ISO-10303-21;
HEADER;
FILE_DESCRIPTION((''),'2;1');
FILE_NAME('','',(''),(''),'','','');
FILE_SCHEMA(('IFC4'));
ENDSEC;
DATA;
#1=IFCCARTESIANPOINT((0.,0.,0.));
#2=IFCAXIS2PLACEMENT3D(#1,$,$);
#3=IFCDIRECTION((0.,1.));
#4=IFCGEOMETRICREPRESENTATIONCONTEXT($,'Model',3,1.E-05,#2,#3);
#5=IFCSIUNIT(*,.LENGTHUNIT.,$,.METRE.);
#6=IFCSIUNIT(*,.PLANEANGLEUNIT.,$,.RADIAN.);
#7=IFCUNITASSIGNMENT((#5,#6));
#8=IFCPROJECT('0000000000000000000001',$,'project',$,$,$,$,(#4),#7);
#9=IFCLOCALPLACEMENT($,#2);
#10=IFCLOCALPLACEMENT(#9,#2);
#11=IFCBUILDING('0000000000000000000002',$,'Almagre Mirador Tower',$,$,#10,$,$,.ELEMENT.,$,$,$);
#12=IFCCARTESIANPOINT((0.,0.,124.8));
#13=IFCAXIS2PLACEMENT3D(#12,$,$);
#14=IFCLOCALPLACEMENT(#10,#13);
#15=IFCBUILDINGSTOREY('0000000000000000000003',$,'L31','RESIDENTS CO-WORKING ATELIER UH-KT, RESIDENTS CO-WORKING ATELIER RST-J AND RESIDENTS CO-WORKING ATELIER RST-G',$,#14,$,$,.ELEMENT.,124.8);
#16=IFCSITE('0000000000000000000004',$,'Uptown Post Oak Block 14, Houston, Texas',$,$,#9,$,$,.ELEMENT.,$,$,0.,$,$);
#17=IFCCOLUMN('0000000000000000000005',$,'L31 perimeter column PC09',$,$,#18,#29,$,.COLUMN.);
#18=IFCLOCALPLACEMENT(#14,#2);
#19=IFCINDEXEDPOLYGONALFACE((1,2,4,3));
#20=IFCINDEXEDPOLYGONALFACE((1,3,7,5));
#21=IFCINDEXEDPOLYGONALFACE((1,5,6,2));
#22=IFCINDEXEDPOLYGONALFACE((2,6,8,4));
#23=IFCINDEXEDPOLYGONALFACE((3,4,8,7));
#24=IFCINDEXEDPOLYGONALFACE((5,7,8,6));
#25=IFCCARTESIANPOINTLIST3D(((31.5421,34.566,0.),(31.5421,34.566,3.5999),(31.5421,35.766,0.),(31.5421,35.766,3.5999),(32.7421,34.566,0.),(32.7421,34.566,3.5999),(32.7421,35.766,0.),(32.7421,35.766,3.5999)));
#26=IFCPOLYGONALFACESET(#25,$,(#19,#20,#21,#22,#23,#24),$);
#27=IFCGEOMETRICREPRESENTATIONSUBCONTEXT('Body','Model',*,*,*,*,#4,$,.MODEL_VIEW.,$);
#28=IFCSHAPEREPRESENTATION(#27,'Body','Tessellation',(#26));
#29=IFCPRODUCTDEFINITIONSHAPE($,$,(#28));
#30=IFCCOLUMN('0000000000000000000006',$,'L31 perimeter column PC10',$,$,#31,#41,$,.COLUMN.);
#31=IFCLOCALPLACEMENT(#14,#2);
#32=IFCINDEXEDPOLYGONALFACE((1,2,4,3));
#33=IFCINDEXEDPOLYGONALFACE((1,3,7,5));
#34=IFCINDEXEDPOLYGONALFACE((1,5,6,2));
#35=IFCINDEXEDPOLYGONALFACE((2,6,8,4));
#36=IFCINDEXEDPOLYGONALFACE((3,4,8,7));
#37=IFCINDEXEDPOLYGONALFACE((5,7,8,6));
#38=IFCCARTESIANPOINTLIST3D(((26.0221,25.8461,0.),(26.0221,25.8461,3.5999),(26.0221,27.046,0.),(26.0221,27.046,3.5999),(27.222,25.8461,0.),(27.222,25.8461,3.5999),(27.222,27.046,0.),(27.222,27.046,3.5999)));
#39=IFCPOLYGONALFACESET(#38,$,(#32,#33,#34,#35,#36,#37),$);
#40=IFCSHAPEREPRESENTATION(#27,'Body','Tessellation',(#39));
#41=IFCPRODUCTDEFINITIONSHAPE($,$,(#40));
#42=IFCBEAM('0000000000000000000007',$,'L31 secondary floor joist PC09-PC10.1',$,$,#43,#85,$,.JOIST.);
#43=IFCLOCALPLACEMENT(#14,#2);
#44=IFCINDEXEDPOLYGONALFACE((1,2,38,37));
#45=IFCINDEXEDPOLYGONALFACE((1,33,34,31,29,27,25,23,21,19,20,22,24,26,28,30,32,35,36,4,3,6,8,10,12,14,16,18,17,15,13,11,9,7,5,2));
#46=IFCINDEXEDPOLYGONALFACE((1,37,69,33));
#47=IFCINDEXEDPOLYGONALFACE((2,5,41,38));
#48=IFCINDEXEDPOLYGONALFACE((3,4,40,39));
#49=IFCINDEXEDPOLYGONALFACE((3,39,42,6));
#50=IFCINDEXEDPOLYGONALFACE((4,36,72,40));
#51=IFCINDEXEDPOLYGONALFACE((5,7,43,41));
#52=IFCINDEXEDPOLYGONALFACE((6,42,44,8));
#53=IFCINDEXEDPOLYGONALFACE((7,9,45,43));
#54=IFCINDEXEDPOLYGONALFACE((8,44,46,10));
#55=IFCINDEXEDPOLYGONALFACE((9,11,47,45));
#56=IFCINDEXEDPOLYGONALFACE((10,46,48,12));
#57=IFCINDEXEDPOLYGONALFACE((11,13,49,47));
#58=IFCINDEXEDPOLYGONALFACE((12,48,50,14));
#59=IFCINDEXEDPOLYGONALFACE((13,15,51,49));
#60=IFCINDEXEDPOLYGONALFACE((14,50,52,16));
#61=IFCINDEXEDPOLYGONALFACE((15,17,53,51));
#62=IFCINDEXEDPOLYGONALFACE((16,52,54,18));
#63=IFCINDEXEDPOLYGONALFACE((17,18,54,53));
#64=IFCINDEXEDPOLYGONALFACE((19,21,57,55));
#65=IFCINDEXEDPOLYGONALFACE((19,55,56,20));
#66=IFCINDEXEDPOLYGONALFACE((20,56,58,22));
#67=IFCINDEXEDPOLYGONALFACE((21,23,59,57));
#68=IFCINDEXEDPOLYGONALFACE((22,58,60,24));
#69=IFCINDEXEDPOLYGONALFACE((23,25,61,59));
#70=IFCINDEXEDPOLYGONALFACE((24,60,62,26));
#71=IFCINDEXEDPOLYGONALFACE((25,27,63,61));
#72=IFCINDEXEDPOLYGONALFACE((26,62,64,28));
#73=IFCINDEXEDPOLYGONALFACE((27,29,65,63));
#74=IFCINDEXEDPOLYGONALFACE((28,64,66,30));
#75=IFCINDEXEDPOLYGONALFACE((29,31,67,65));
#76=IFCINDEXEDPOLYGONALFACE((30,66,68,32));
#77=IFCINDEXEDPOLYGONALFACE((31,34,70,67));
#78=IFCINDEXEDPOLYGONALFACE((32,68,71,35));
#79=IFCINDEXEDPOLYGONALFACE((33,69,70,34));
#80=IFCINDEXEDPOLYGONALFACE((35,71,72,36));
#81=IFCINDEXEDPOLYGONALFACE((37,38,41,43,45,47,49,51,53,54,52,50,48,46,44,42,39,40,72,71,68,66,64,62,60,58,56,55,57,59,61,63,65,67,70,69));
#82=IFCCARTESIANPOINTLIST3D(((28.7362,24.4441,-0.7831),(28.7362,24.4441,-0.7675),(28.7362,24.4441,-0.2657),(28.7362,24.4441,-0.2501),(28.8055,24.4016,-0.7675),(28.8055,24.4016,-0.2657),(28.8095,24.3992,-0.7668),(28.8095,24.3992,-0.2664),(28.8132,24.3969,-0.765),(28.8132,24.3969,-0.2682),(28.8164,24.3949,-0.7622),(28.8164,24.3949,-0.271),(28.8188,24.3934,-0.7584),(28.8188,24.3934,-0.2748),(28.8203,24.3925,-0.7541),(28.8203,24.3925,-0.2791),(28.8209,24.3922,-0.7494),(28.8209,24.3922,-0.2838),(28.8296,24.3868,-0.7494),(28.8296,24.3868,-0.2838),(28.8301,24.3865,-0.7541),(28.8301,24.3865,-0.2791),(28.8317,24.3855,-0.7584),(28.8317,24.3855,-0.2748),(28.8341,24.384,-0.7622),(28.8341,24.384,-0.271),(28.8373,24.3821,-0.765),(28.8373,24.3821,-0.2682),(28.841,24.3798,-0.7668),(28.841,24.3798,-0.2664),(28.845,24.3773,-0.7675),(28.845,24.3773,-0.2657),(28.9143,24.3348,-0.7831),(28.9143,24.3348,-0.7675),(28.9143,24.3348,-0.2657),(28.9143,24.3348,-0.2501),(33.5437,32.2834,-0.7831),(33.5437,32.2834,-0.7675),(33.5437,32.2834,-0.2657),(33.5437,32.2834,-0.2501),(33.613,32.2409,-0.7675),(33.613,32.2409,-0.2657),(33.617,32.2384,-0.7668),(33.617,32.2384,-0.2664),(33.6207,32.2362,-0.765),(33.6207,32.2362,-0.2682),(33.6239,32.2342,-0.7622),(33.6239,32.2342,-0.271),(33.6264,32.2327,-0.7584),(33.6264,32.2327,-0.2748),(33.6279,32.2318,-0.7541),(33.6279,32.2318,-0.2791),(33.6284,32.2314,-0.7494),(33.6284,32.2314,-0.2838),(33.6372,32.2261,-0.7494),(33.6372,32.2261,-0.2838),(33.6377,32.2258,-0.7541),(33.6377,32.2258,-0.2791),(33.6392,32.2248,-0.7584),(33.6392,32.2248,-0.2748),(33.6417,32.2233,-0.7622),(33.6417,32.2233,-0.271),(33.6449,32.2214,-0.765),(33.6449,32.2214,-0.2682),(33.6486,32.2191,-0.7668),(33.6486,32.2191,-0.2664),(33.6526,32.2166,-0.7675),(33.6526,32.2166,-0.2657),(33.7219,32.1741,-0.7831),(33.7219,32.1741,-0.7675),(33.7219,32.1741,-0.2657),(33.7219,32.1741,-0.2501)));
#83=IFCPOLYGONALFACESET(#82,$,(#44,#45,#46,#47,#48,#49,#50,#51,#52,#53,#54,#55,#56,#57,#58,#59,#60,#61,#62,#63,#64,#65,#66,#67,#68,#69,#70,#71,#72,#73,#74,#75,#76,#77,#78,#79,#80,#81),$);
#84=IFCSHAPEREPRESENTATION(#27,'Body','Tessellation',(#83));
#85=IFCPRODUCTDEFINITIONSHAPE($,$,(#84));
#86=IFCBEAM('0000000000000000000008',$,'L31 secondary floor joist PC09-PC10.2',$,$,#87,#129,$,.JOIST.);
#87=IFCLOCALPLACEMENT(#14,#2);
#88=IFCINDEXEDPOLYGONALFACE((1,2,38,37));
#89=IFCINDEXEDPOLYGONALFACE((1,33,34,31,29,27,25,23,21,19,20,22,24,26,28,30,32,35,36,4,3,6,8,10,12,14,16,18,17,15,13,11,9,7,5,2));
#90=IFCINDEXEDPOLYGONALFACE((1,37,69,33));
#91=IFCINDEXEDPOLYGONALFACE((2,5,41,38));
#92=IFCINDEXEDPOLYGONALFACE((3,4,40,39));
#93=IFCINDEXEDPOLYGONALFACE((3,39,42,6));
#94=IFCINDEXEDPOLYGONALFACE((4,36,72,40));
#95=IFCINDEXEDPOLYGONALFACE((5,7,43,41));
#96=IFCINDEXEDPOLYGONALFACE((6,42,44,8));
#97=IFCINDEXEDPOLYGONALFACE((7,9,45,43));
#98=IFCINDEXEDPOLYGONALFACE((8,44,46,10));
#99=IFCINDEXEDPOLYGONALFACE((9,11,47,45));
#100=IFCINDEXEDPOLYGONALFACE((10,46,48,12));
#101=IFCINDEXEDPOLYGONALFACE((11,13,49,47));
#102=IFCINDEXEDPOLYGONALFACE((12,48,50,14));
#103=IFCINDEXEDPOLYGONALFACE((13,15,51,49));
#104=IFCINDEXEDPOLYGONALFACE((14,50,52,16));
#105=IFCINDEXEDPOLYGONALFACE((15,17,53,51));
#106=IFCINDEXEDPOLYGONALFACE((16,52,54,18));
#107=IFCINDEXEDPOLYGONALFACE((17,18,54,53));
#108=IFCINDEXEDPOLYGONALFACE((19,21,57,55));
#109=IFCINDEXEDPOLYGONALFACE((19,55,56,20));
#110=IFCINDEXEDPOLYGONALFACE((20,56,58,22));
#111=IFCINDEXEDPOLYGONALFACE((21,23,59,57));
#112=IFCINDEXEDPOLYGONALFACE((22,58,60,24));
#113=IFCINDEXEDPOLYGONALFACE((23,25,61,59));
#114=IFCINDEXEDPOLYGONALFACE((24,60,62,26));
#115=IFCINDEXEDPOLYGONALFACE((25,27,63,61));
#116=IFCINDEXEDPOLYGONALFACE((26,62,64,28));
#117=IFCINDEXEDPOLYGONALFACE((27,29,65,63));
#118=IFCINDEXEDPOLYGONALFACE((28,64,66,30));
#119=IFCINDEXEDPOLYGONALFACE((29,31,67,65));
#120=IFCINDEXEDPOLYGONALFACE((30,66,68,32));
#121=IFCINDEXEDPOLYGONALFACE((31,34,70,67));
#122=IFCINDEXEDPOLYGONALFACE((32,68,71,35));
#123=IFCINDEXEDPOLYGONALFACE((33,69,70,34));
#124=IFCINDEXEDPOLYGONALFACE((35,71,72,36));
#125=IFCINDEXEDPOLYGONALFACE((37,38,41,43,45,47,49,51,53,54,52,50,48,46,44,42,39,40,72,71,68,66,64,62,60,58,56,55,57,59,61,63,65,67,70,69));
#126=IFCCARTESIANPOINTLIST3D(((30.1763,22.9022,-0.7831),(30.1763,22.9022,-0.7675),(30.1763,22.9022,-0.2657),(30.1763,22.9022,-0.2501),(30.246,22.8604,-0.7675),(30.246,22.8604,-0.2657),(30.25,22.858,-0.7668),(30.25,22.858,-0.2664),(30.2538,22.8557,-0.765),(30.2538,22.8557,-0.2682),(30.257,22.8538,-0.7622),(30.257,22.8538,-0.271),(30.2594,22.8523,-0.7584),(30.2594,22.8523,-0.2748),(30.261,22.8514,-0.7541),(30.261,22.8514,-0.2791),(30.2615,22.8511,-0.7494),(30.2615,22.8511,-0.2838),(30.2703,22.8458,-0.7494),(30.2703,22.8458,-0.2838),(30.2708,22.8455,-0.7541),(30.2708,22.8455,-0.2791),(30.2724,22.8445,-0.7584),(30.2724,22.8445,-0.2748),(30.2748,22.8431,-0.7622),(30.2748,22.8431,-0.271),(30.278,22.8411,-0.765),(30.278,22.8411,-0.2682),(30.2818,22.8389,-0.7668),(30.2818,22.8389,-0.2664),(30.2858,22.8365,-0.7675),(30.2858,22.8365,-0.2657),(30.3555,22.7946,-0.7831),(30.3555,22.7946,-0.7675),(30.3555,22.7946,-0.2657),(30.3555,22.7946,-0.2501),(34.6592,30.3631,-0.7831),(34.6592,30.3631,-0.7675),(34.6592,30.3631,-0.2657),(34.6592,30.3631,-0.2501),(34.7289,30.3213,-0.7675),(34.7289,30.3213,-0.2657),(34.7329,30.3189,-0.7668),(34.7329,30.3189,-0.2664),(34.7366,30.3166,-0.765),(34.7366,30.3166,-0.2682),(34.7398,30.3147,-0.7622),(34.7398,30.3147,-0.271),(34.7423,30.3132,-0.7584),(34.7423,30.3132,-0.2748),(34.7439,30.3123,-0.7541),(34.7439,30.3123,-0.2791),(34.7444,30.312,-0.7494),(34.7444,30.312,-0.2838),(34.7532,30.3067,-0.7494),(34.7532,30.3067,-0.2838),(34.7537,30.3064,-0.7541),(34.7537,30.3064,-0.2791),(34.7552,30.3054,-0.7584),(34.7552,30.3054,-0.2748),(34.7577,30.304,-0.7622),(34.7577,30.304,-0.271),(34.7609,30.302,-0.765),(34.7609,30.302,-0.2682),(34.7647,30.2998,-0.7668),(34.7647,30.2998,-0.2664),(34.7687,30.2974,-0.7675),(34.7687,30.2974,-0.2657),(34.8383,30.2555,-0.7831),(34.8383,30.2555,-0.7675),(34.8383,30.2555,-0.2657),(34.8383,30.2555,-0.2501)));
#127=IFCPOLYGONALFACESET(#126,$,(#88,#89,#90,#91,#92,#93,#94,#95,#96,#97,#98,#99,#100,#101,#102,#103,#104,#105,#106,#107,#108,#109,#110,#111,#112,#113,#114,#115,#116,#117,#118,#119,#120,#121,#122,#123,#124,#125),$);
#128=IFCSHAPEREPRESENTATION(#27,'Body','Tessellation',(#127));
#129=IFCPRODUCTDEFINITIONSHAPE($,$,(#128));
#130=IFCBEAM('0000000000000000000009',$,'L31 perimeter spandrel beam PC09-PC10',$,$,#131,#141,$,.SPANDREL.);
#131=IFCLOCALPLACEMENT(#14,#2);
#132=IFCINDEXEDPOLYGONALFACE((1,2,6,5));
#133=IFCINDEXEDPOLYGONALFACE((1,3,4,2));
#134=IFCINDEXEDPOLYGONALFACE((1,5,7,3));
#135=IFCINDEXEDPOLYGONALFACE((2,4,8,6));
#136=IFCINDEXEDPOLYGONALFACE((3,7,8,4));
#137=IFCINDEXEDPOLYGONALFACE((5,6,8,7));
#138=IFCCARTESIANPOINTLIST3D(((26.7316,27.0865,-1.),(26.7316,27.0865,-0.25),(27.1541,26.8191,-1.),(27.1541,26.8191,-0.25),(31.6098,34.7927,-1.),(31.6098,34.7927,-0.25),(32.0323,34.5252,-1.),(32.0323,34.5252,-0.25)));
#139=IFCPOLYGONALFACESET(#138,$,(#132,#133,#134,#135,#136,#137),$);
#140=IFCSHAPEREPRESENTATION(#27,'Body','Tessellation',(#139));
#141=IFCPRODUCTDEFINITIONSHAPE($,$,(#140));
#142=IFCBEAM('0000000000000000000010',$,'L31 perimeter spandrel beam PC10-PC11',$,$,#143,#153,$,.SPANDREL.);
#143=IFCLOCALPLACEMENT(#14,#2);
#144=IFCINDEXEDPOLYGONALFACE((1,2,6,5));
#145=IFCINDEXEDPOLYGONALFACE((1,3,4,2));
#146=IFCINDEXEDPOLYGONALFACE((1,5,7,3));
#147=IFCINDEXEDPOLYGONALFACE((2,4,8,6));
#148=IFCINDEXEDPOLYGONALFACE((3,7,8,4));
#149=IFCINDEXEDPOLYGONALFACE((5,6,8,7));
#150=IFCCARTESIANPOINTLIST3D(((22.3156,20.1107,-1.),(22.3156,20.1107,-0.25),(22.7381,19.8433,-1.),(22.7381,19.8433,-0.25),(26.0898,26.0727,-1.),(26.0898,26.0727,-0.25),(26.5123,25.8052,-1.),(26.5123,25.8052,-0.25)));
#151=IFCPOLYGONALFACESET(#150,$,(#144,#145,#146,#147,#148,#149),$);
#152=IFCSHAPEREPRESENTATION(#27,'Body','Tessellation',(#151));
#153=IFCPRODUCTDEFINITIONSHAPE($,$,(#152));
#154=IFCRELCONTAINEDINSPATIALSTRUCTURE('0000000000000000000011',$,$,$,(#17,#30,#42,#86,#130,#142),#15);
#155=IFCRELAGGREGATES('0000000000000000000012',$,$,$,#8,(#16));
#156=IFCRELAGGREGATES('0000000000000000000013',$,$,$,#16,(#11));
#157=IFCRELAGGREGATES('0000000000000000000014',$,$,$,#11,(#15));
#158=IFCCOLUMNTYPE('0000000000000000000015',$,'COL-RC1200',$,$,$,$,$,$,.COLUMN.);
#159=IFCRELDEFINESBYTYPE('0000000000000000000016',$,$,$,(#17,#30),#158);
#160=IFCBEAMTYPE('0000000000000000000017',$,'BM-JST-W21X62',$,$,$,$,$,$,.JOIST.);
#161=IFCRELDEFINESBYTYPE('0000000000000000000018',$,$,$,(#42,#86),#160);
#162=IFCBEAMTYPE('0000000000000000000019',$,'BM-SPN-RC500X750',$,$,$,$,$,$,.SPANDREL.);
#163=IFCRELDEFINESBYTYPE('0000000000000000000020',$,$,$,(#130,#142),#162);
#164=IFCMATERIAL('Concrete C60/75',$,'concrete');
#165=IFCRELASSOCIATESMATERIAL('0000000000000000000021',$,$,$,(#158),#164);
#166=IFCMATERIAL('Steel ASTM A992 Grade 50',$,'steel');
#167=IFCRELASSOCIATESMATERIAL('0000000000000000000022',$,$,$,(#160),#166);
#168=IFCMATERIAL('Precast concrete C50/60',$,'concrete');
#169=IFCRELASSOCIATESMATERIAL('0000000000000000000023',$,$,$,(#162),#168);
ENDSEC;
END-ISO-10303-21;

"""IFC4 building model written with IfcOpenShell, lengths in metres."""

from ifc_helpers import new_model, si_unit, direction, frame, origin, origin_2d, place, context, subcontext, project, spatial, rectangle, i_section, extrude, material, material_profile, profile_set, type_object, element, save


model = new_model("IFC4")

# Units and contexts
model_context = context("Model", 3, precision=1e-05, world=origin(), true_north=direction((0.0, 1.0)))
body_context = subcontext(model_context, "Body", "Model", "MODEL_VIEW")
ifc_project = project(units=[si_unit("LENGTHUNIT", "METRE"), si_unit("PLANEANGLEUNIT", "RADIAN")], contexts=[model_context])

# Site, building, storey
site_placement = place(None, origin())
site = spatial("IfcSite", under=ifc_project, at=site_placement, Name="Uptown Post Oak Block 14, Houston, Texas", CompositionType="ELEMENT", RefElevation=0.0)
building_placement = place(site_placement, origin())
building = spatial("IfcBuilding", under=site, at=building_placement, Name="Almagre Mirador Tower", CompositionType="ELEMENT")
storey_placement = place(building_placement, frame((0.0, 0.0, 124.8)))
storey = spatial("IfcBuildingStorey", under=building, at=storey_placement, Name="L31", Description="RESIDENTS CO-WORKING ATELIER UH-KT, RESIDENTS CO-WORKING ATELIER RST-J AND RESIDENTS CO-WORKING ATELIER RST-G", CompositionType="ELEMENT", Elevation=124.8)

# Columns
ifc_material_1 = material(Name="Concrete C60/75", Category="concrete")
ifc_material_profile_1 = material_profile(ifc_material_1, rectangle(XDim=1.2, YDim=1.2, at=origin_2d()), Name="RC1200X1200")
ifc_profile_set_1 = profile_set([ifc_material_profile_1], Name="Concrete C60/75")
column_type = type_object("IfcColumnType", Name="COL-RC1200", PredefinedType="COLUMN", material=ifc_profile_set_1)
for number, where, z_axis, x_axis, name in (
    (1, (32.1421, 35.166, 0.0), (0.0, 0.0, 1.0), (1.0, 0.0, 0.0), "L31 perimeter column PC09"),
    (2, (26.6221, 26.446, 0.0), (0.0, 0.0, 1.0), (1.0, 0.0, 0.0), "L31 perimeter column PC10"),
):
    element("IfcColumn", number, at=place(storey_placement, frame(where, z_axis=z_axis, x_axis=x_axis)), inside=storey, type_object=column_type, Name=name, PredefinedType="COLUMN", context=body_context, shape_type="SweptSolid", body=[
        extrude(rectangle(XDim=1.2, YDim=1.2, at=origin_2d()), origin(), (0.0, 0.0, 1.0), 3.5999),
    ])

# Beams
ifc_material_2 = material(Name="Steel ASTM A992 Grade 50", Category="steel")
ifc_material_profile_2 = material_profile(ifc_material_2, i_section(OverallWidth=0.209, OverallDepth=0.533, WebThickness=0.0103, FlangeThickness=0.0156, FilletRadius=0.0181, at=origin_2d()), Name="W21X62")
ifc_profile_set_2 = profile_set([ifc_material_profile_2], Name="Steel ASTM A992 Grade 50")
beam_type_1 = type_object("IfcBeamType", Name="BM-JST-W21X62", PredefinedType="JOIST", material=ifc_profile_set_2)
beam_1_placement = place(storey_placement, frame((33.6328, 32.2288, -0.5166), z_axis=(-0.522787, -0.852463, 0.0), x_axis=(0.852463, -0.522787, 0.0)))
element("IfcBeam", 3, at=beam_1_placement, inside=storey, type_object=beam_type_1, Name="L31 secondary floor joist PC09-PC10.1", PredefinedType="JOIST", context=body_context, shape_type="SweptSolid", body=[
    extrude(i_section(OverallWidth=0.209, OverallDepth=0.533, WebThickness=0.0103, FlangeThickness=0.0156, FilletRadius=0.0181, at=origin_2d()), origin(), (0.0, 0.0, 1.0), 9.196),
])
beam_2_placement = place(storey_placement, frame((34.7488, 30.3093, -0.5166), z_axis=(-0.515032, -0.857171, 0.0), x_axis=(0.857171, -0.515032, 0.0)))
element("IfcBeam", 4, at=beam_2_placement, inside=storey, type_object=beam_type_1, Name="L31 secondary floor joist PC09-PC10.2", PredefinedType="JOIST", context=body_context, shape_type="SweptSolid", body=[
    extrude(i_section(OverallWidth=0.209, OverallDepth=0.533, WebThickness=0.0103, FlangeThickness=0.0156, FilletRadius=0.0181, at=origin_2d()), origin(), (0.0, 0.0, 1.0), 8.7041),
])
ifc_material_3 = material(Name="Precast concrete C50/60", Category="concrete")
ifc_material_profile_3 = material_profile(ifc_material_3, rectangle(XDim=0.5, YDim=0.75, at=origin_2d()), Name="RC500X750")
ifc_profile_set_3 = profile_set([ifc_material_profile_3], Name="Precast concrete C50/60")
beam_type_2 = type_object("IfcBeamType", Name="BM-SPN-RC500X750", PredefinedType="SPANDREL", material=ifc_profile_set_3)
beam_3_placement = place(storey_placement, frame((31.821, 34.6589, -0.625), z_axis=(-0.53487, -0.844934, 0.0), x_axis=(0.844934, -0.53487, 0.0)))
element("IfcBeam", 5, at=beam_3_placement, inside=storey, type_object=beam_type_2, Name="L31 perimeter spandrel beam PC09-PC10", PredefinedType="SPANDREL", context=body_context, shape_type="SweptSolid", body=[
    extrude(rectangle(XDim=0.5, YDim=0.75, at=origin_2d()), origin(), (0.0, 0.0, 1.0), 9.1204),
])
beam_4_placement = place(storey_placement, frame((26.301, 25.939, -0.625), z_axis=(-0.534879, -0.844929, 0.0), x_axis=(0.844929, -0.534879, 0.0)))
element("IfcBeam", 6, at=beam_4_placement, inside=storey, type_object=beam_type_2, Name="L31 perimeter spandrel beam PC10-PC11", PredefinedType="SPANDREL", context=body_context, shape_type="SweptSolid", body=[
    extrude(rectangle(XDim=0.5, YDim=0.75, at=origin_2d()), origin(), (0.0, 0.0, 1.0), 7.0562),
])

save(model, "model.ifc")
